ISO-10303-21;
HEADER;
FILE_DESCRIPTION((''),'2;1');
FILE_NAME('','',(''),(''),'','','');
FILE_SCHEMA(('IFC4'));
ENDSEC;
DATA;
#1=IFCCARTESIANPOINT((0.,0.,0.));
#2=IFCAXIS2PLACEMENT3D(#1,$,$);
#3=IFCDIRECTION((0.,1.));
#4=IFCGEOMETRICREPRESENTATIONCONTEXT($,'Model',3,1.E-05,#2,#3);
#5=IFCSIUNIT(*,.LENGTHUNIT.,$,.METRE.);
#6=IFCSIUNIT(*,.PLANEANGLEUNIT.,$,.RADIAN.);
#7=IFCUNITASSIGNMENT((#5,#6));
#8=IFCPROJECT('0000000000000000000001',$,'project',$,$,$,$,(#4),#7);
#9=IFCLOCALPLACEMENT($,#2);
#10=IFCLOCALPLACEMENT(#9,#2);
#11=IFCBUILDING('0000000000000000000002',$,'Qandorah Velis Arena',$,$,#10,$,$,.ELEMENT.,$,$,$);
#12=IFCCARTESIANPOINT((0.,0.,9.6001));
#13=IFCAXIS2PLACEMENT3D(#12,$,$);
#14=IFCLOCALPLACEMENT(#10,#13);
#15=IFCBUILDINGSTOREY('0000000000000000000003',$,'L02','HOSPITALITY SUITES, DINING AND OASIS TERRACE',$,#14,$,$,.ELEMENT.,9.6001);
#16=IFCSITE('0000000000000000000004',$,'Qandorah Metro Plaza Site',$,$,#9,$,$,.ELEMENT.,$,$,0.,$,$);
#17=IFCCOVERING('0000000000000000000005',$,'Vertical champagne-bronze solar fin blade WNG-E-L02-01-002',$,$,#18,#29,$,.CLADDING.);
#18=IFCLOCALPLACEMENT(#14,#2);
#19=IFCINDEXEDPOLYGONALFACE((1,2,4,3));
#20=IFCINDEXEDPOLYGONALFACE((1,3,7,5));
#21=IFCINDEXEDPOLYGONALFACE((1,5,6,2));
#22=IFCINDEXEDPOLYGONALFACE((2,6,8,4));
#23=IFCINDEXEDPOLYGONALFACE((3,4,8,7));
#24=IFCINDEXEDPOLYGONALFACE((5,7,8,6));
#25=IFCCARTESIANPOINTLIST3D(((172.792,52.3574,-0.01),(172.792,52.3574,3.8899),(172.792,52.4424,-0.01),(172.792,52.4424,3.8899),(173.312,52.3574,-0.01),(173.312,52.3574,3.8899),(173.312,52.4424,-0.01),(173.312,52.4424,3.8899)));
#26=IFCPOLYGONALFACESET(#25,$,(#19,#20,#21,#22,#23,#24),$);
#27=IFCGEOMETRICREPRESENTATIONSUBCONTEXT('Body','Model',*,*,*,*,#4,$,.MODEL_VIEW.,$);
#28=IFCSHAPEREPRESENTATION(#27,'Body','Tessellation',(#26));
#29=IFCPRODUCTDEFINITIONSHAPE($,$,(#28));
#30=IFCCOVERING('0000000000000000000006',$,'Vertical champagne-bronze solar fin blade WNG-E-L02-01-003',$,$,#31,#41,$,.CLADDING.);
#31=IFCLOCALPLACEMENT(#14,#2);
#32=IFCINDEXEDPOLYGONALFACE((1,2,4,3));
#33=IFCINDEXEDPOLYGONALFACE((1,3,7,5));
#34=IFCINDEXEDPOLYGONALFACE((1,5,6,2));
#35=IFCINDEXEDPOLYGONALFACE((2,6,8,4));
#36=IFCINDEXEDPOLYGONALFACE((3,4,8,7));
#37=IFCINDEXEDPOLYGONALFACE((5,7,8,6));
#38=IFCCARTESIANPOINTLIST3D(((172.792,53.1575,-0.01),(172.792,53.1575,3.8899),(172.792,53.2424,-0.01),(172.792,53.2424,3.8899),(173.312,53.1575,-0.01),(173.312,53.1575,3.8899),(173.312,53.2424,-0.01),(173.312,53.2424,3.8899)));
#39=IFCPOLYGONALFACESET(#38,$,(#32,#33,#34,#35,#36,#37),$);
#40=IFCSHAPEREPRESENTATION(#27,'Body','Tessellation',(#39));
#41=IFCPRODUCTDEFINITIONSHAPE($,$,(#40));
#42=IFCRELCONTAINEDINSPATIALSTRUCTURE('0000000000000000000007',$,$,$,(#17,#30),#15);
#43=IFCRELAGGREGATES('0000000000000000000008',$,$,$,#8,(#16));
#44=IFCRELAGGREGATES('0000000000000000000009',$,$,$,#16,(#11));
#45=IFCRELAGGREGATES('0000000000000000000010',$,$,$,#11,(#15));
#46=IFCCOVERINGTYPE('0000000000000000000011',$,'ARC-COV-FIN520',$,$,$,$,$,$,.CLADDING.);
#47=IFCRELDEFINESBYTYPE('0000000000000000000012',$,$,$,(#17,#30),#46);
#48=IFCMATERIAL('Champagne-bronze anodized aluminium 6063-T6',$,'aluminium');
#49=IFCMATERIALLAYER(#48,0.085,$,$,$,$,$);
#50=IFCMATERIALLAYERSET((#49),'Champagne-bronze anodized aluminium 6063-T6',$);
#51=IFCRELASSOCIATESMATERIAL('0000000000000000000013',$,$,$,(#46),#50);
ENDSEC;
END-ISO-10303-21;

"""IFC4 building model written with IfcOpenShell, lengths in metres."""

from ifc_helpers import new_model, si_unit, direction, frame, origin, origin_2d, place, context, subcontext, project, spatial, rectangle, extrude, material, layer, layer_set, type_object, element, save


model = new_model("IFC4")

# Units and contexts
model_context = context("Model", 3, precision=1e-05, world=origin(), true_north=direction((0.0, 1.0)))
body_context = subcontext(model_context, "Body", "Model", "MODEL_VIEW")
ifc_project = project(units=[si_unit("LENGTHUNIT", "METRE"), si_unit("PLANEANGLEUNIT", "RADIAN")], contexts=[model_context])

# Site, building, storey
site_placement = place(None, origin())
site = spatial("IfcSite", under=ifc_project, at=site_placement, Name="Qandorah Metro Plaza Site", CompositionType="ELEMENT", RefElevation=0.0)
building_placement = place(site_placement, origin())
building = spatial("IfcBuilding", under=site, at=building_placement, Name="Qandorah Velis Arena", CompositionType="ELEMENT")
storey_placement = place(building_placement, frame((0.0, 0.0, 9.6001)))
storey = spatial("IfcBuildingStorey", under=building, at=storey_placement, Name="L02", Description="HOSPITALITY SUITES, DINING AND OASIS TERRACE", CompositionType="ELEMENT", Elevation=9.6001)

# Shared definitions
ifc_material_1 = material(Name="Champagne-bronze anodized aluminium 6063-T6", Category="aluminium")

# Coverings
ifc_layer_1 = layer(ifc_material_1, 0.085)
ifc_layer_set_1 = layer_set([ifc_layer_1], Name="Champagne-bronze anodized aluminium 6063-T6")
covering_type = type_object("IfcCoveringType", Name="ARC-COV-FIN520", PredefinedType="CLADDING", material=ifc_layer_set_1)
for number, where, z_axis, x_axis, name in (
    (1, (173.052, 52.3999, -0.01), (0.0, 0.0, 1.0), (1.0, 0.0, 0.0), "Vertical champagne-bronze solar fin blade WNG-E-L02-01-002"),
    (2, (173.052, 53.2, -0.01), (0.0, 0.0, 1.0), (1.0, 0.0, 0.0), "Vertical champagne-bronze solar fin blade WNG-E-L02-01-003"),
):
    element("IfcCovering", number, at=place(storey_placement, frame(where, z_axis=z_axis, x_axis=x_axis)), inside=storey, type_object=covering_type, Name=name, PredefinedType="CLADDING", context=body_context, shape_type="SweptSolid", body=[
        extrude(rectangle(XDim=0.52, YDim=0.085, at=origin_2d()), origin(), (0.0, 0.0, 1.0), 3.8999),
    ])

save(model, "model.ifc")
